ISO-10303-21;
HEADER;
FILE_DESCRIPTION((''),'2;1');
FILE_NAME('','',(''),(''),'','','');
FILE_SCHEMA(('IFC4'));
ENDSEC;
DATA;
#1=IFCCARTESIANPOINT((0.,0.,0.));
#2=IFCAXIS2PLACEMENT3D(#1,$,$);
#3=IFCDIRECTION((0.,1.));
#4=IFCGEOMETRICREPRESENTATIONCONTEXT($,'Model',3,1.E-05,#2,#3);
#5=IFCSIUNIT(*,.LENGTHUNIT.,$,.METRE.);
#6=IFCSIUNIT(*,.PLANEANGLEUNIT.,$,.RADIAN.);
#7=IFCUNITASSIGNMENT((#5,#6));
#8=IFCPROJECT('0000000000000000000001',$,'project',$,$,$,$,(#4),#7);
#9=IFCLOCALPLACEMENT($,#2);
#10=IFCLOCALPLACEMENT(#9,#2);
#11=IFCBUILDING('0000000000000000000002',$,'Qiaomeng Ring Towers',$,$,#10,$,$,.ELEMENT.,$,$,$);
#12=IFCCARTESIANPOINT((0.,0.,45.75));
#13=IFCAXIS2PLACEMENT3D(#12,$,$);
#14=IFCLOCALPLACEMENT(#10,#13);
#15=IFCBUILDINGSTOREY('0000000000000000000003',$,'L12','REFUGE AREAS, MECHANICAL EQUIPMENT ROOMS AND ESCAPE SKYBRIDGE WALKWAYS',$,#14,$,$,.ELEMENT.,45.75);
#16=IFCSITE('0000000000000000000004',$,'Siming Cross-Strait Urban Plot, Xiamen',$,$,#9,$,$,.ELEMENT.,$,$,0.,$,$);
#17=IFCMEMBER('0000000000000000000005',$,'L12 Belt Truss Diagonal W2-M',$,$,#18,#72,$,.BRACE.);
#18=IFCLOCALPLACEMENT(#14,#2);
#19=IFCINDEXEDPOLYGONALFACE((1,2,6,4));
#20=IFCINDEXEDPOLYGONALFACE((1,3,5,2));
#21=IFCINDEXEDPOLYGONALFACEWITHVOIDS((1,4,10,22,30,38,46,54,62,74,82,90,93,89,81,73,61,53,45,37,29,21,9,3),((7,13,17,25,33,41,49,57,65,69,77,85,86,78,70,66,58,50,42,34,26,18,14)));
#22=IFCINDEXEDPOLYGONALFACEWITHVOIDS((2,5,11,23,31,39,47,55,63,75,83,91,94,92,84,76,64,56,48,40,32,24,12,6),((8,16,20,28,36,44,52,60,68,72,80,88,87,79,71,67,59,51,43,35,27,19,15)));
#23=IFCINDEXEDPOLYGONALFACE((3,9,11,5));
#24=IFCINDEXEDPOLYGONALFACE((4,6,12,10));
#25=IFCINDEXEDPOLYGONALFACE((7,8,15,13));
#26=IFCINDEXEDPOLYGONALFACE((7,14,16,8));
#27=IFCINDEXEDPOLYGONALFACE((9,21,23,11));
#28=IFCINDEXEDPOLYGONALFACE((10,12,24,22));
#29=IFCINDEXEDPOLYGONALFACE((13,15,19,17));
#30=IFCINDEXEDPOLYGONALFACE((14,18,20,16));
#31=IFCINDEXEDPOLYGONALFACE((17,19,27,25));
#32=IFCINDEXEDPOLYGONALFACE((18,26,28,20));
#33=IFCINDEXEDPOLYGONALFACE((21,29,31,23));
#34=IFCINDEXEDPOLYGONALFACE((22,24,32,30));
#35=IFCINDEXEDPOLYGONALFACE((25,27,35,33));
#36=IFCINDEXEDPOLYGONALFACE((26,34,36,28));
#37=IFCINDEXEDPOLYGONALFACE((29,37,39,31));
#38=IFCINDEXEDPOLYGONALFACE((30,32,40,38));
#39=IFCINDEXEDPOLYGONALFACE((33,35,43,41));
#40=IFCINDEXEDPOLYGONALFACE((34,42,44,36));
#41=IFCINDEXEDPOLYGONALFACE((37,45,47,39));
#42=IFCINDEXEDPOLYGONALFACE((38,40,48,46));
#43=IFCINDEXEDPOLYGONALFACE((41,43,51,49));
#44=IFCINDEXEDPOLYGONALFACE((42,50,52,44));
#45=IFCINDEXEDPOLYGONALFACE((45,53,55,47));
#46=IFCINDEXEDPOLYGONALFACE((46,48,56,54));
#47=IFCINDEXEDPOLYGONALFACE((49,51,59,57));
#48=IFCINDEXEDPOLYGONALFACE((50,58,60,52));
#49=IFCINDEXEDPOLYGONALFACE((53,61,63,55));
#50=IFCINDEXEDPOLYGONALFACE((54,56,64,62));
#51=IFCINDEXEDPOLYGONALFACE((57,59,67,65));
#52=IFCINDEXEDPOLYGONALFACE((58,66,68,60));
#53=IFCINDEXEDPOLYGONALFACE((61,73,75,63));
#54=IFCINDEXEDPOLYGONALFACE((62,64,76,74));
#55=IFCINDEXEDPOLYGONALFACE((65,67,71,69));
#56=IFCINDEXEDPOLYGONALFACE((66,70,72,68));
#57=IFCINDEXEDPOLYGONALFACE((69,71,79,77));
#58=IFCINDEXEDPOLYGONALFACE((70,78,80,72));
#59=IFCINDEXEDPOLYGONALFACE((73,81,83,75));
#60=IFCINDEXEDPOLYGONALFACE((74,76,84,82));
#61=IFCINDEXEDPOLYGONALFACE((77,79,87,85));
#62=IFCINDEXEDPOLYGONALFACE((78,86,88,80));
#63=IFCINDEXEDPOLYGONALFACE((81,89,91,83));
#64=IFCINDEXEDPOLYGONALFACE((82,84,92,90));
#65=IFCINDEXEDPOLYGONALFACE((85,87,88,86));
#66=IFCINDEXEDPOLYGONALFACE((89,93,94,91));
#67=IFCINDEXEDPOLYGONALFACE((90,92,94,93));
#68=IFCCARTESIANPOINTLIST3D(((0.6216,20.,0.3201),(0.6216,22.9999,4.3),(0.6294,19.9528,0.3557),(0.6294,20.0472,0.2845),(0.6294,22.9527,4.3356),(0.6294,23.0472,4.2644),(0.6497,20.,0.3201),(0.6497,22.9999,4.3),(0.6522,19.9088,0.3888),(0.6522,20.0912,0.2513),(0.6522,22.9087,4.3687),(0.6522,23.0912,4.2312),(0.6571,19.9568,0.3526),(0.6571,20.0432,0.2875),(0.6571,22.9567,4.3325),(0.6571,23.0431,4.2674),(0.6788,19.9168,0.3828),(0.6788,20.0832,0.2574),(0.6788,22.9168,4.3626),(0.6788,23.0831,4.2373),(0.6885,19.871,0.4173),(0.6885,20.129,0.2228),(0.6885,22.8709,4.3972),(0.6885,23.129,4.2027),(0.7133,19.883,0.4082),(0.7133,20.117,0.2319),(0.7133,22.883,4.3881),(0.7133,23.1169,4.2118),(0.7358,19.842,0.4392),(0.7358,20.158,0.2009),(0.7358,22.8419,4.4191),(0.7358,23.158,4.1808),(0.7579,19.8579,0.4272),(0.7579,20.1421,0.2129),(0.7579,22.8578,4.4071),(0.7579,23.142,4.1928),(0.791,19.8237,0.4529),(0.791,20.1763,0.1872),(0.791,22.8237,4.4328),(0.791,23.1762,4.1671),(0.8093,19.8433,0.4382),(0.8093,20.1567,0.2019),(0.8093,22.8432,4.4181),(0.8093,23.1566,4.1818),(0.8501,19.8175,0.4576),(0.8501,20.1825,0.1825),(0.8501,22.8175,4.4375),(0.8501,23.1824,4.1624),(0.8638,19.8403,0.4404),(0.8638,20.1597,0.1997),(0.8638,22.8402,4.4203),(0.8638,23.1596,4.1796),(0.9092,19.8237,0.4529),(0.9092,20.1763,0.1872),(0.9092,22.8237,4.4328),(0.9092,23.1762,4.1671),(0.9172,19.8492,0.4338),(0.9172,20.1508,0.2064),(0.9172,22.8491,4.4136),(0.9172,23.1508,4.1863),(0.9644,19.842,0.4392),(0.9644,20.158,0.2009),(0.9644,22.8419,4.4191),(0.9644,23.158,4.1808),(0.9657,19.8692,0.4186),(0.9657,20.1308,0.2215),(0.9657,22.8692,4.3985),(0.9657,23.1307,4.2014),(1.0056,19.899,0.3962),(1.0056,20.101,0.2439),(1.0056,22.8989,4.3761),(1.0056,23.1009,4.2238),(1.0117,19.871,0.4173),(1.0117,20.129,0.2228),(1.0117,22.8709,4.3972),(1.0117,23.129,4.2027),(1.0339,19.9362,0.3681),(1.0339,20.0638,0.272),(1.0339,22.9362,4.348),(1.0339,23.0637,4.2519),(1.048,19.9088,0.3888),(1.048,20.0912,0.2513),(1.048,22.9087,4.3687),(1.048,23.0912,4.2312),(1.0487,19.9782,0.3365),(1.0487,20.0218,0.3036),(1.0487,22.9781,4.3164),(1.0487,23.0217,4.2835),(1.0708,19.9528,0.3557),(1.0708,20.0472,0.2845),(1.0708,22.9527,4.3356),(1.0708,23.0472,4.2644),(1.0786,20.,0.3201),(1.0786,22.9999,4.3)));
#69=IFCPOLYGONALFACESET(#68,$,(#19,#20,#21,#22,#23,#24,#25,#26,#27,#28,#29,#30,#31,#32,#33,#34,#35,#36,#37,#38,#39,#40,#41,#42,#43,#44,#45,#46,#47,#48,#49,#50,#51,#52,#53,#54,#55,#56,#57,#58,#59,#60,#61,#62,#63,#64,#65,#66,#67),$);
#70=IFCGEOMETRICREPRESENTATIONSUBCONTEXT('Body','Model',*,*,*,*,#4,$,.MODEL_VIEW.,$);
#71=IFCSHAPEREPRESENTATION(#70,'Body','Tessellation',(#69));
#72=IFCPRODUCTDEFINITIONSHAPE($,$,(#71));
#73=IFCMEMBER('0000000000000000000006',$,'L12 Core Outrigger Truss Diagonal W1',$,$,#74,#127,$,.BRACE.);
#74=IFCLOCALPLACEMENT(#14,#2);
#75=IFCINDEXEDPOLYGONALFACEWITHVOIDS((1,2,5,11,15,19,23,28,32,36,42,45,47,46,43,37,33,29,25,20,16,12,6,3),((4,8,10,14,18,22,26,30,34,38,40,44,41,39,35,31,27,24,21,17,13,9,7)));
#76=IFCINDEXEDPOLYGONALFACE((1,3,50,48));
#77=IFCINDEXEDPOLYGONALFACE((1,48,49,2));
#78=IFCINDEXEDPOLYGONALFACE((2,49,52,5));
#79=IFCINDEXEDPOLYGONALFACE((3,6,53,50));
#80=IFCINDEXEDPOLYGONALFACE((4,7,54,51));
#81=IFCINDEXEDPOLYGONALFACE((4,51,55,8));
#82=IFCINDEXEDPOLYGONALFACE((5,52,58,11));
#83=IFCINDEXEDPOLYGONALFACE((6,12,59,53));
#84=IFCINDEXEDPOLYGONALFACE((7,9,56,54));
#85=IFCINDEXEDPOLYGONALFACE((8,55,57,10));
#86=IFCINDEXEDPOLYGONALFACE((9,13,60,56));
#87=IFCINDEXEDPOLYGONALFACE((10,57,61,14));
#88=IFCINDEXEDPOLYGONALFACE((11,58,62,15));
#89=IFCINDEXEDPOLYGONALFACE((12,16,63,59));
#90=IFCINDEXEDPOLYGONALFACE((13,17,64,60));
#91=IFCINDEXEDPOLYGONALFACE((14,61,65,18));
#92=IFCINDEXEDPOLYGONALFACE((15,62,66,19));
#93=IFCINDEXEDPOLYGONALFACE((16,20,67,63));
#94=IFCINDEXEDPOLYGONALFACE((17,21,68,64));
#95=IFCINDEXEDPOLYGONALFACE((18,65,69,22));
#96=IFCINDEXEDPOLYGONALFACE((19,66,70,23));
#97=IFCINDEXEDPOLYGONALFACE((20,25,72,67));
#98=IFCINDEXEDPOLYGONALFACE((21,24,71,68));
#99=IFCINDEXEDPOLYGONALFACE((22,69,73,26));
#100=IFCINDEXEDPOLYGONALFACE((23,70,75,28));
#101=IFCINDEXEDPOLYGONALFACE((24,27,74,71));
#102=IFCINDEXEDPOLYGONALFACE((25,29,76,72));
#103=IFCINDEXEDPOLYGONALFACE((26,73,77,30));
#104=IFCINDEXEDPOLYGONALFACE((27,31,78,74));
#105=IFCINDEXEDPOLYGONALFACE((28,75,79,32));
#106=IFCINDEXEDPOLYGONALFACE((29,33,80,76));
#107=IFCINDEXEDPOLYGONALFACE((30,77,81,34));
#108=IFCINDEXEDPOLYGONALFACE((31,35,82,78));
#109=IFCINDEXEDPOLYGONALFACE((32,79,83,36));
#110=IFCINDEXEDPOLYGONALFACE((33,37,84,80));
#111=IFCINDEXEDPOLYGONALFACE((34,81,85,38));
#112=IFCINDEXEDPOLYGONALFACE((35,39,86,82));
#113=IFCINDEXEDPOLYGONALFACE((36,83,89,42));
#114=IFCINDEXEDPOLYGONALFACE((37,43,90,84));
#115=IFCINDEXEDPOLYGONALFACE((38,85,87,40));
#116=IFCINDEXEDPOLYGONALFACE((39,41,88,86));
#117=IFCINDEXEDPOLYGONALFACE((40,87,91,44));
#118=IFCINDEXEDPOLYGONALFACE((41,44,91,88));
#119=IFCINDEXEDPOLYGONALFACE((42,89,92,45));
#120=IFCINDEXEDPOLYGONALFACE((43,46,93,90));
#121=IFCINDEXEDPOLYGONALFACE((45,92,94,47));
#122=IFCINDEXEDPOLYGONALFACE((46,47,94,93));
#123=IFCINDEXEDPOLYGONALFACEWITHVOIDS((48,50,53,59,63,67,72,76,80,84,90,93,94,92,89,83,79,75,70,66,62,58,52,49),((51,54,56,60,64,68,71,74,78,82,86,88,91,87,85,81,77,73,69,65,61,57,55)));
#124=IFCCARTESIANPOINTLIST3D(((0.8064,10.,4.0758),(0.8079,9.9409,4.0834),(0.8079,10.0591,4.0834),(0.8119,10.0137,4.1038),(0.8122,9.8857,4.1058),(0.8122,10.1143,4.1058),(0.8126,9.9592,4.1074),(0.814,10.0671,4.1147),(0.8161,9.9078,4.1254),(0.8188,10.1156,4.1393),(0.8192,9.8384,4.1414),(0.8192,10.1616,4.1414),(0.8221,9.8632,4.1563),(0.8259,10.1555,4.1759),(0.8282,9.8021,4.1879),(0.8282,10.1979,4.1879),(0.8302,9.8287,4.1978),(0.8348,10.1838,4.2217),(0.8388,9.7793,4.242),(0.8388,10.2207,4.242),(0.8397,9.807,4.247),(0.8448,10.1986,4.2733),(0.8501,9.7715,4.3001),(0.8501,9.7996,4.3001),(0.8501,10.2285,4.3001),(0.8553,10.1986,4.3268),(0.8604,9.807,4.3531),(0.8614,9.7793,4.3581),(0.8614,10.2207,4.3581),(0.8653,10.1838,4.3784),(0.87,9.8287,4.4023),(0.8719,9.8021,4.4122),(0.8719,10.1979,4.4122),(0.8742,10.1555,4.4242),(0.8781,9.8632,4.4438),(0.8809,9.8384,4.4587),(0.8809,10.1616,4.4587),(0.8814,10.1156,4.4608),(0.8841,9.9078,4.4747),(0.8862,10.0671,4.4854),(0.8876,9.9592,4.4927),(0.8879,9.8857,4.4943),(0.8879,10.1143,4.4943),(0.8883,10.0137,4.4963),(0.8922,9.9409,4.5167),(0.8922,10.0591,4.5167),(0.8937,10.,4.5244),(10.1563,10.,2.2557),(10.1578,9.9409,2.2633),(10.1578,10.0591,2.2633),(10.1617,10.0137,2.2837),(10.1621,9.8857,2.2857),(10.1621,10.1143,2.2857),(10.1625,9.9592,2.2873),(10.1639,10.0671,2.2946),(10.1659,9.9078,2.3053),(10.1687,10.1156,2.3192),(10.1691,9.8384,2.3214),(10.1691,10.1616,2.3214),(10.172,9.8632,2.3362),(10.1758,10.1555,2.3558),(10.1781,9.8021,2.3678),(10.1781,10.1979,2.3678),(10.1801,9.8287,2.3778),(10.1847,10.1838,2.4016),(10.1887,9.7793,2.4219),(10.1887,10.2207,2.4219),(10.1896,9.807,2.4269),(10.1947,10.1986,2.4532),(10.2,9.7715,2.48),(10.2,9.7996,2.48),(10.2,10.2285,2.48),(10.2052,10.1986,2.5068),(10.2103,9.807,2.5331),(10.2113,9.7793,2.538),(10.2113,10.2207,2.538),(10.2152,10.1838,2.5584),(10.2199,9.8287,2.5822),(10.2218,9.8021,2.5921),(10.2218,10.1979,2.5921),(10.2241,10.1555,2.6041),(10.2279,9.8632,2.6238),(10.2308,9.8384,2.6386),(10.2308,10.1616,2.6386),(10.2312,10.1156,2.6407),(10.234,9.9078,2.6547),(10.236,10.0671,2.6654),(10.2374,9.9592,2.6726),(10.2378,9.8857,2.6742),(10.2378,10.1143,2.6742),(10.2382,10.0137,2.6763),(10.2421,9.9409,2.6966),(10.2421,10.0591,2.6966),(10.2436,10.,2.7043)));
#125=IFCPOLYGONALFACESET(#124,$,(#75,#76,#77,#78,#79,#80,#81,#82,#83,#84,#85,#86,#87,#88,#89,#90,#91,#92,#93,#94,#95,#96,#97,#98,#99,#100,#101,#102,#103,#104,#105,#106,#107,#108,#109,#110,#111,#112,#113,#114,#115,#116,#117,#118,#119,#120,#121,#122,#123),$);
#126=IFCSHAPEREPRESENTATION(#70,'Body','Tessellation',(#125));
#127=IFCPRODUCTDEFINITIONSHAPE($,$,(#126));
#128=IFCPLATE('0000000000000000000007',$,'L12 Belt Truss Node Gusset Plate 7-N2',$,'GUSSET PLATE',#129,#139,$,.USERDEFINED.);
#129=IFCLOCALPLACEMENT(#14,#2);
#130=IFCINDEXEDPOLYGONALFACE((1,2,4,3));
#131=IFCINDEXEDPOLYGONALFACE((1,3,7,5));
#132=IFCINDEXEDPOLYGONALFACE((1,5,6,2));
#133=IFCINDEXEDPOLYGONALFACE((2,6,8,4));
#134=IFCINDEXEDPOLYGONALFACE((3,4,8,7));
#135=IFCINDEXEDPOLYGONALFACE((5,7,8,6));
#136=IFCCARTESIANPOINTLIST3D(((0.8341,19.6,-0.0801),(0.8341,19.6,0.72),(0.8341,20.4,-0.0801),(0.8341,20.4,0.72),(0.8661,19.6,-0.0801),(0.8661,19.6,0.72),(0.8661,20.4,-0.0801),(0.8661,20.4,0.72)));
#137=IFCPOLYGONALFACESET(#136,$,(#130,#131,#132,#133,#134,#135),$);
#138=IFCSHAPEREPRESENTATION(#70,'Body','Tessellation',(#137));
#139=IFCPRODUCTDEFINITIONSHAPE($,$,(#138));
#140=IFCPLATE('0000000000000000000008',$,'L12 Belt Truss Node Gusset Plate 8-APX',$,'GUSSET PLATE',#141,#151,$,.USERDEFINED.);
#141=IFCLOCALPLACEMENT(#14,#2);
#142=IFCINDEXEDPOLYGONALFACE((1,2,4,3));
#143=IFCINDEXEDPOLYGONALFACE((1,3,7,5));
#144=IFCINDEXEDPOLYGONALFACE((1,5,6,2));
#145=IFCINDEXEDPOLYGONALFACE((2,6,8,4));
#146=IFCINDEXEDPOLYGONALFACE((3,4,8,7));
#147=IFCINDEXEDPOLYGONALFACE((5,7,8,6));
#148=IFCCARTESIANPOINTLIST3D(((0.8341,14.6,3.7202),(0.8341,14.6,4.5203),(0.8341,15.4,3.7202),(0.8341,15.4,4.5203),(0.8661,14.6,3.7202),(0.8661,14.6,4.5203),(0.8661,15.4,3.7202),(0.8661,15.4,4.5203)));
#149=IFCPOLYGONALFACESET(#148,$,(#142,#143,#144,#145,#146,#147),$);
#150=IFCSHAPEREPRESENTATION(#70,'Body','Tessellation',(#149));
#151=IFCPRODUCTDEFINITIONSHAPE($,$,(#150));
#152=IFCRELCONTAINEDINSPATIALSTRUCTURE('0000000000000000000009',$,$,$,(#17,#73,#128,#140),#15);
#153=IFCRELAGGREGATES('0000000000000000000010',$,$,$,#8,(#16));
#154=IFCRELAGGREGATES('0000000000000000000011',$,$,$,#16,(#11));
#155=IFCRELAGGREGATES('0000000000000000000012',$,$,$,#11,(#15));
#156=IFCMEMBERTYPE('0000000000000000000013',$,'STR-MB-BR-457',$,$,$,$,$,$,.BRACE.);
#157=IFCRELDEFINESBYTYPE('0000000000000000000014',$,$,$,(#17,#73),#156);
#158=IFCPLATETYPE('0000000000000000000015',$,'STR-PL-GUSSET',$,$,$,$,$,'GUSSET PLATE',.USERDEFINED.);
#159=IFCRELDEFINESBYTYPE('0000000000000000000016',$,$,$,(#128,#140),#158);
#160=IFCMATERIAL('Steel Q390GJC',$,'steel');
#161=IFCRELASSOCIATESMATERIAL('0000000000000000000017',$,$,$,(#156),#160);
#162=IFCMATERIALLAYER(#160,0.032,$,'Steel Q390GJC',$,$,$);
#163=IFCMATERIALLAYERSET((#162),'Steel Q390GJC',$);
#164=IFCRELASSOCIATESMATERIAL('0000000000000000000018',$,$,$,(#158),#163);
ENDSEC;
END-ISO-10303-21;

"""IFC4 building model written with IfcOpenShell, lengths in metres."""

from ifc_helpers import new_model, si_unit, direction, frame, origin, origin_2d, place, context, subcontext, project, spatial, rectangle, hollow_circle, extrude, source, transform, mapped, material, layer, layer_set, material_profile, profile_set, type_object, element, save


model = new_model("IFC4")

# Units and contexts
model_context = context("Model", 3, precision=1e-05, world=origin(), true_north=direction((0.0, 1.0)))
body_context = subcontext(model_context, "Body", "Model", "MODEL_VIEW")
ifc_project = project(units=[si_unit("LENGTHUNIT", "METRE"), si_unit("PLANEANGLEUNIT", "RADIAN")], contexts=[model_context])

# Site, building, storey
site_placement = place(None, origin())
site = spatial("IfcSite", under=ifc_project, at=site_placement, Name="Siming Cross-Strait Urban Plot, Xiamen", CompositionType="ELEMENT", RefElevation=0.0)
building_placement = place(site_placement, origin())
building = spatial("IfcBuilding", under=site, at=building_placement, Name="Qiaomeng Ring Towers", CompositionType="ELEMENT")
storey_placement = place(building_placement, frame((0.0, 0.0, 45.75)))
storey = spatial("IfcBuildingStorey", under=building, at=storey_placement, Name="L12", Description="REFUGE AREAS, MECHANICAL EQUIPMENT ROOMS AND ESCAPE SKYBRIDGE WALKWAYS", CompositionType="ELEMENT", Elevation=45.75)

# Members
ifc_material_1 = material(Name="Steel Q390GJC", Category="steel")
ifc_material_profile_1 = material_profile(ifc_material_1, hollow_circle(Radius=0.2285, WallThickness=0.0281, at=origin_2d()), Name="CHS 457x28")
ifc_profile_set_1 = profile_set([ifc_material_profile_1], Name="Steel Q390GJC")
member_type_1 = type_object("IfcMemberType", Name="STR-MB-BR-457", PredefinedType="BRACE", material=ifc_profile_set_1)
shared_shape_1 = source(origin(), body_context, "Body", "SweptSolid", [
    extrude(hollow_circle(Radius=0.2285, WallThickness=0.0281, at=origin_2d()), origin(), (0.0, 0.0, 1.0), 4.9839),
])
member_1_placement = place(storey_placement, frame((0.8501, 20.0, 0.3201), z_axis=(0.0, 0.601926, 0.798552), x_axis=(-1.0, 0.0, 0.0)))
element("IfcMember", 1, at=member_1_placement, inside=storey, type_object=member_type_1, Name="L12 Belt Truss Diagonal W2-M", PredefinedType="BRACE", context=body_context, shape_type="MappedRepresentation", body=[
    mapped(shared_shape_1, transform((0.0, 0.0, 0.0), x_axis=(1.0, 0.0, 0.0), y_axis=(0.0, 1.0, 0.0), z_axis=(0.0, 0.0, 1.0), scale=1.0)),
])
shared_shape_2 = source(origin(), body_context, "Body", "SweptSolid", [
    extrude(hollow_circle(Radius=0.2285, WallThickness=0.0281, at=origin_2d()), origin(), (0.0, 0.0, 1.0), 9.5254),
])
member_2_placement = place(storey_placement, frame((10.2, 10.0, 2.48), z_axis=(-0.981575, 0.0, 0.191076), x_axis=(0.0, -1.0, 0.0)))
element("IfcMember", 2, at=member_2_placement, inside=storey, type_object=member_type_1, Name="L12 Core Outrigger Truss Diagonal W1", PredefinedType="BRACE", context=body_context, shape_type="MappedRepresentation", body=[
    mapped(shared_shape_2, transform((0.0, 0.0, 0.0), x_axis=(1.0, 0.0, 0.0), y_axis=(0.0, 1.0, 0.0), z_axis=(0.0, 0.0, 1.0), scale=1.0)),
])

# Plates
ifc_layer_1 = layer(ifc_material_1, 0.032, Name="Steel Q390GJC")
ifc_layer_set_1 = layer_set([ifc_layer_1], Name="Steel Q390GJC")
plate_type = type_object("IfcPlateType", Name="STR-PL-GUSSET", ElementType="GUSSET PLATE", PredefinedType="USERDEFINED", material=ifc_layer_set_1)
shared_shape_3 = source(origin(), body_context, "Body", "SweptSolid", [
    extrude(rectangle(XDim=0.8, YDim=0.032, at=origin_2d()), origin(), (0.0, 0.0, 1.0), 0.8),
])
for number, where, z_axis, x_axis, name in (
    (3, (0.8501, 20.0, -0.0801), (0.0, 0.0, 1.0), (0.0, -1.0, 0.0), "L12 Belt Truss Node Gusset Plate 7-N2"),
    (4, (0.8501, 15.0, 3.7202), (0.0, 0.0, 1.0), (0.0, -1.0, 0.0), "L12 Belt Truss Node Gusset Plate 8-APX"),
):
    element("IfcPlate", number, at=place(storey_placement, frame(where, z_axis=z_axis, x_axis=x_axis)), inside=storey, type_object=plate_type, Name=name, ObjectType="GUSSET PLATE", PredefinedType="USERDEFINED", context=body_context, shape_type="MappedRepresentation", body=[
        mapped(shared_shape_3, transform((0.0, 0.0, 0.0), x_axis=(1.0, 0.0, 0.0), y_axis=(0.0, 1.0, 0.0), z_axis=(0.0, 0.0, 1.0), scale=1.0)),
    ])

save(model, "model.ifc")
